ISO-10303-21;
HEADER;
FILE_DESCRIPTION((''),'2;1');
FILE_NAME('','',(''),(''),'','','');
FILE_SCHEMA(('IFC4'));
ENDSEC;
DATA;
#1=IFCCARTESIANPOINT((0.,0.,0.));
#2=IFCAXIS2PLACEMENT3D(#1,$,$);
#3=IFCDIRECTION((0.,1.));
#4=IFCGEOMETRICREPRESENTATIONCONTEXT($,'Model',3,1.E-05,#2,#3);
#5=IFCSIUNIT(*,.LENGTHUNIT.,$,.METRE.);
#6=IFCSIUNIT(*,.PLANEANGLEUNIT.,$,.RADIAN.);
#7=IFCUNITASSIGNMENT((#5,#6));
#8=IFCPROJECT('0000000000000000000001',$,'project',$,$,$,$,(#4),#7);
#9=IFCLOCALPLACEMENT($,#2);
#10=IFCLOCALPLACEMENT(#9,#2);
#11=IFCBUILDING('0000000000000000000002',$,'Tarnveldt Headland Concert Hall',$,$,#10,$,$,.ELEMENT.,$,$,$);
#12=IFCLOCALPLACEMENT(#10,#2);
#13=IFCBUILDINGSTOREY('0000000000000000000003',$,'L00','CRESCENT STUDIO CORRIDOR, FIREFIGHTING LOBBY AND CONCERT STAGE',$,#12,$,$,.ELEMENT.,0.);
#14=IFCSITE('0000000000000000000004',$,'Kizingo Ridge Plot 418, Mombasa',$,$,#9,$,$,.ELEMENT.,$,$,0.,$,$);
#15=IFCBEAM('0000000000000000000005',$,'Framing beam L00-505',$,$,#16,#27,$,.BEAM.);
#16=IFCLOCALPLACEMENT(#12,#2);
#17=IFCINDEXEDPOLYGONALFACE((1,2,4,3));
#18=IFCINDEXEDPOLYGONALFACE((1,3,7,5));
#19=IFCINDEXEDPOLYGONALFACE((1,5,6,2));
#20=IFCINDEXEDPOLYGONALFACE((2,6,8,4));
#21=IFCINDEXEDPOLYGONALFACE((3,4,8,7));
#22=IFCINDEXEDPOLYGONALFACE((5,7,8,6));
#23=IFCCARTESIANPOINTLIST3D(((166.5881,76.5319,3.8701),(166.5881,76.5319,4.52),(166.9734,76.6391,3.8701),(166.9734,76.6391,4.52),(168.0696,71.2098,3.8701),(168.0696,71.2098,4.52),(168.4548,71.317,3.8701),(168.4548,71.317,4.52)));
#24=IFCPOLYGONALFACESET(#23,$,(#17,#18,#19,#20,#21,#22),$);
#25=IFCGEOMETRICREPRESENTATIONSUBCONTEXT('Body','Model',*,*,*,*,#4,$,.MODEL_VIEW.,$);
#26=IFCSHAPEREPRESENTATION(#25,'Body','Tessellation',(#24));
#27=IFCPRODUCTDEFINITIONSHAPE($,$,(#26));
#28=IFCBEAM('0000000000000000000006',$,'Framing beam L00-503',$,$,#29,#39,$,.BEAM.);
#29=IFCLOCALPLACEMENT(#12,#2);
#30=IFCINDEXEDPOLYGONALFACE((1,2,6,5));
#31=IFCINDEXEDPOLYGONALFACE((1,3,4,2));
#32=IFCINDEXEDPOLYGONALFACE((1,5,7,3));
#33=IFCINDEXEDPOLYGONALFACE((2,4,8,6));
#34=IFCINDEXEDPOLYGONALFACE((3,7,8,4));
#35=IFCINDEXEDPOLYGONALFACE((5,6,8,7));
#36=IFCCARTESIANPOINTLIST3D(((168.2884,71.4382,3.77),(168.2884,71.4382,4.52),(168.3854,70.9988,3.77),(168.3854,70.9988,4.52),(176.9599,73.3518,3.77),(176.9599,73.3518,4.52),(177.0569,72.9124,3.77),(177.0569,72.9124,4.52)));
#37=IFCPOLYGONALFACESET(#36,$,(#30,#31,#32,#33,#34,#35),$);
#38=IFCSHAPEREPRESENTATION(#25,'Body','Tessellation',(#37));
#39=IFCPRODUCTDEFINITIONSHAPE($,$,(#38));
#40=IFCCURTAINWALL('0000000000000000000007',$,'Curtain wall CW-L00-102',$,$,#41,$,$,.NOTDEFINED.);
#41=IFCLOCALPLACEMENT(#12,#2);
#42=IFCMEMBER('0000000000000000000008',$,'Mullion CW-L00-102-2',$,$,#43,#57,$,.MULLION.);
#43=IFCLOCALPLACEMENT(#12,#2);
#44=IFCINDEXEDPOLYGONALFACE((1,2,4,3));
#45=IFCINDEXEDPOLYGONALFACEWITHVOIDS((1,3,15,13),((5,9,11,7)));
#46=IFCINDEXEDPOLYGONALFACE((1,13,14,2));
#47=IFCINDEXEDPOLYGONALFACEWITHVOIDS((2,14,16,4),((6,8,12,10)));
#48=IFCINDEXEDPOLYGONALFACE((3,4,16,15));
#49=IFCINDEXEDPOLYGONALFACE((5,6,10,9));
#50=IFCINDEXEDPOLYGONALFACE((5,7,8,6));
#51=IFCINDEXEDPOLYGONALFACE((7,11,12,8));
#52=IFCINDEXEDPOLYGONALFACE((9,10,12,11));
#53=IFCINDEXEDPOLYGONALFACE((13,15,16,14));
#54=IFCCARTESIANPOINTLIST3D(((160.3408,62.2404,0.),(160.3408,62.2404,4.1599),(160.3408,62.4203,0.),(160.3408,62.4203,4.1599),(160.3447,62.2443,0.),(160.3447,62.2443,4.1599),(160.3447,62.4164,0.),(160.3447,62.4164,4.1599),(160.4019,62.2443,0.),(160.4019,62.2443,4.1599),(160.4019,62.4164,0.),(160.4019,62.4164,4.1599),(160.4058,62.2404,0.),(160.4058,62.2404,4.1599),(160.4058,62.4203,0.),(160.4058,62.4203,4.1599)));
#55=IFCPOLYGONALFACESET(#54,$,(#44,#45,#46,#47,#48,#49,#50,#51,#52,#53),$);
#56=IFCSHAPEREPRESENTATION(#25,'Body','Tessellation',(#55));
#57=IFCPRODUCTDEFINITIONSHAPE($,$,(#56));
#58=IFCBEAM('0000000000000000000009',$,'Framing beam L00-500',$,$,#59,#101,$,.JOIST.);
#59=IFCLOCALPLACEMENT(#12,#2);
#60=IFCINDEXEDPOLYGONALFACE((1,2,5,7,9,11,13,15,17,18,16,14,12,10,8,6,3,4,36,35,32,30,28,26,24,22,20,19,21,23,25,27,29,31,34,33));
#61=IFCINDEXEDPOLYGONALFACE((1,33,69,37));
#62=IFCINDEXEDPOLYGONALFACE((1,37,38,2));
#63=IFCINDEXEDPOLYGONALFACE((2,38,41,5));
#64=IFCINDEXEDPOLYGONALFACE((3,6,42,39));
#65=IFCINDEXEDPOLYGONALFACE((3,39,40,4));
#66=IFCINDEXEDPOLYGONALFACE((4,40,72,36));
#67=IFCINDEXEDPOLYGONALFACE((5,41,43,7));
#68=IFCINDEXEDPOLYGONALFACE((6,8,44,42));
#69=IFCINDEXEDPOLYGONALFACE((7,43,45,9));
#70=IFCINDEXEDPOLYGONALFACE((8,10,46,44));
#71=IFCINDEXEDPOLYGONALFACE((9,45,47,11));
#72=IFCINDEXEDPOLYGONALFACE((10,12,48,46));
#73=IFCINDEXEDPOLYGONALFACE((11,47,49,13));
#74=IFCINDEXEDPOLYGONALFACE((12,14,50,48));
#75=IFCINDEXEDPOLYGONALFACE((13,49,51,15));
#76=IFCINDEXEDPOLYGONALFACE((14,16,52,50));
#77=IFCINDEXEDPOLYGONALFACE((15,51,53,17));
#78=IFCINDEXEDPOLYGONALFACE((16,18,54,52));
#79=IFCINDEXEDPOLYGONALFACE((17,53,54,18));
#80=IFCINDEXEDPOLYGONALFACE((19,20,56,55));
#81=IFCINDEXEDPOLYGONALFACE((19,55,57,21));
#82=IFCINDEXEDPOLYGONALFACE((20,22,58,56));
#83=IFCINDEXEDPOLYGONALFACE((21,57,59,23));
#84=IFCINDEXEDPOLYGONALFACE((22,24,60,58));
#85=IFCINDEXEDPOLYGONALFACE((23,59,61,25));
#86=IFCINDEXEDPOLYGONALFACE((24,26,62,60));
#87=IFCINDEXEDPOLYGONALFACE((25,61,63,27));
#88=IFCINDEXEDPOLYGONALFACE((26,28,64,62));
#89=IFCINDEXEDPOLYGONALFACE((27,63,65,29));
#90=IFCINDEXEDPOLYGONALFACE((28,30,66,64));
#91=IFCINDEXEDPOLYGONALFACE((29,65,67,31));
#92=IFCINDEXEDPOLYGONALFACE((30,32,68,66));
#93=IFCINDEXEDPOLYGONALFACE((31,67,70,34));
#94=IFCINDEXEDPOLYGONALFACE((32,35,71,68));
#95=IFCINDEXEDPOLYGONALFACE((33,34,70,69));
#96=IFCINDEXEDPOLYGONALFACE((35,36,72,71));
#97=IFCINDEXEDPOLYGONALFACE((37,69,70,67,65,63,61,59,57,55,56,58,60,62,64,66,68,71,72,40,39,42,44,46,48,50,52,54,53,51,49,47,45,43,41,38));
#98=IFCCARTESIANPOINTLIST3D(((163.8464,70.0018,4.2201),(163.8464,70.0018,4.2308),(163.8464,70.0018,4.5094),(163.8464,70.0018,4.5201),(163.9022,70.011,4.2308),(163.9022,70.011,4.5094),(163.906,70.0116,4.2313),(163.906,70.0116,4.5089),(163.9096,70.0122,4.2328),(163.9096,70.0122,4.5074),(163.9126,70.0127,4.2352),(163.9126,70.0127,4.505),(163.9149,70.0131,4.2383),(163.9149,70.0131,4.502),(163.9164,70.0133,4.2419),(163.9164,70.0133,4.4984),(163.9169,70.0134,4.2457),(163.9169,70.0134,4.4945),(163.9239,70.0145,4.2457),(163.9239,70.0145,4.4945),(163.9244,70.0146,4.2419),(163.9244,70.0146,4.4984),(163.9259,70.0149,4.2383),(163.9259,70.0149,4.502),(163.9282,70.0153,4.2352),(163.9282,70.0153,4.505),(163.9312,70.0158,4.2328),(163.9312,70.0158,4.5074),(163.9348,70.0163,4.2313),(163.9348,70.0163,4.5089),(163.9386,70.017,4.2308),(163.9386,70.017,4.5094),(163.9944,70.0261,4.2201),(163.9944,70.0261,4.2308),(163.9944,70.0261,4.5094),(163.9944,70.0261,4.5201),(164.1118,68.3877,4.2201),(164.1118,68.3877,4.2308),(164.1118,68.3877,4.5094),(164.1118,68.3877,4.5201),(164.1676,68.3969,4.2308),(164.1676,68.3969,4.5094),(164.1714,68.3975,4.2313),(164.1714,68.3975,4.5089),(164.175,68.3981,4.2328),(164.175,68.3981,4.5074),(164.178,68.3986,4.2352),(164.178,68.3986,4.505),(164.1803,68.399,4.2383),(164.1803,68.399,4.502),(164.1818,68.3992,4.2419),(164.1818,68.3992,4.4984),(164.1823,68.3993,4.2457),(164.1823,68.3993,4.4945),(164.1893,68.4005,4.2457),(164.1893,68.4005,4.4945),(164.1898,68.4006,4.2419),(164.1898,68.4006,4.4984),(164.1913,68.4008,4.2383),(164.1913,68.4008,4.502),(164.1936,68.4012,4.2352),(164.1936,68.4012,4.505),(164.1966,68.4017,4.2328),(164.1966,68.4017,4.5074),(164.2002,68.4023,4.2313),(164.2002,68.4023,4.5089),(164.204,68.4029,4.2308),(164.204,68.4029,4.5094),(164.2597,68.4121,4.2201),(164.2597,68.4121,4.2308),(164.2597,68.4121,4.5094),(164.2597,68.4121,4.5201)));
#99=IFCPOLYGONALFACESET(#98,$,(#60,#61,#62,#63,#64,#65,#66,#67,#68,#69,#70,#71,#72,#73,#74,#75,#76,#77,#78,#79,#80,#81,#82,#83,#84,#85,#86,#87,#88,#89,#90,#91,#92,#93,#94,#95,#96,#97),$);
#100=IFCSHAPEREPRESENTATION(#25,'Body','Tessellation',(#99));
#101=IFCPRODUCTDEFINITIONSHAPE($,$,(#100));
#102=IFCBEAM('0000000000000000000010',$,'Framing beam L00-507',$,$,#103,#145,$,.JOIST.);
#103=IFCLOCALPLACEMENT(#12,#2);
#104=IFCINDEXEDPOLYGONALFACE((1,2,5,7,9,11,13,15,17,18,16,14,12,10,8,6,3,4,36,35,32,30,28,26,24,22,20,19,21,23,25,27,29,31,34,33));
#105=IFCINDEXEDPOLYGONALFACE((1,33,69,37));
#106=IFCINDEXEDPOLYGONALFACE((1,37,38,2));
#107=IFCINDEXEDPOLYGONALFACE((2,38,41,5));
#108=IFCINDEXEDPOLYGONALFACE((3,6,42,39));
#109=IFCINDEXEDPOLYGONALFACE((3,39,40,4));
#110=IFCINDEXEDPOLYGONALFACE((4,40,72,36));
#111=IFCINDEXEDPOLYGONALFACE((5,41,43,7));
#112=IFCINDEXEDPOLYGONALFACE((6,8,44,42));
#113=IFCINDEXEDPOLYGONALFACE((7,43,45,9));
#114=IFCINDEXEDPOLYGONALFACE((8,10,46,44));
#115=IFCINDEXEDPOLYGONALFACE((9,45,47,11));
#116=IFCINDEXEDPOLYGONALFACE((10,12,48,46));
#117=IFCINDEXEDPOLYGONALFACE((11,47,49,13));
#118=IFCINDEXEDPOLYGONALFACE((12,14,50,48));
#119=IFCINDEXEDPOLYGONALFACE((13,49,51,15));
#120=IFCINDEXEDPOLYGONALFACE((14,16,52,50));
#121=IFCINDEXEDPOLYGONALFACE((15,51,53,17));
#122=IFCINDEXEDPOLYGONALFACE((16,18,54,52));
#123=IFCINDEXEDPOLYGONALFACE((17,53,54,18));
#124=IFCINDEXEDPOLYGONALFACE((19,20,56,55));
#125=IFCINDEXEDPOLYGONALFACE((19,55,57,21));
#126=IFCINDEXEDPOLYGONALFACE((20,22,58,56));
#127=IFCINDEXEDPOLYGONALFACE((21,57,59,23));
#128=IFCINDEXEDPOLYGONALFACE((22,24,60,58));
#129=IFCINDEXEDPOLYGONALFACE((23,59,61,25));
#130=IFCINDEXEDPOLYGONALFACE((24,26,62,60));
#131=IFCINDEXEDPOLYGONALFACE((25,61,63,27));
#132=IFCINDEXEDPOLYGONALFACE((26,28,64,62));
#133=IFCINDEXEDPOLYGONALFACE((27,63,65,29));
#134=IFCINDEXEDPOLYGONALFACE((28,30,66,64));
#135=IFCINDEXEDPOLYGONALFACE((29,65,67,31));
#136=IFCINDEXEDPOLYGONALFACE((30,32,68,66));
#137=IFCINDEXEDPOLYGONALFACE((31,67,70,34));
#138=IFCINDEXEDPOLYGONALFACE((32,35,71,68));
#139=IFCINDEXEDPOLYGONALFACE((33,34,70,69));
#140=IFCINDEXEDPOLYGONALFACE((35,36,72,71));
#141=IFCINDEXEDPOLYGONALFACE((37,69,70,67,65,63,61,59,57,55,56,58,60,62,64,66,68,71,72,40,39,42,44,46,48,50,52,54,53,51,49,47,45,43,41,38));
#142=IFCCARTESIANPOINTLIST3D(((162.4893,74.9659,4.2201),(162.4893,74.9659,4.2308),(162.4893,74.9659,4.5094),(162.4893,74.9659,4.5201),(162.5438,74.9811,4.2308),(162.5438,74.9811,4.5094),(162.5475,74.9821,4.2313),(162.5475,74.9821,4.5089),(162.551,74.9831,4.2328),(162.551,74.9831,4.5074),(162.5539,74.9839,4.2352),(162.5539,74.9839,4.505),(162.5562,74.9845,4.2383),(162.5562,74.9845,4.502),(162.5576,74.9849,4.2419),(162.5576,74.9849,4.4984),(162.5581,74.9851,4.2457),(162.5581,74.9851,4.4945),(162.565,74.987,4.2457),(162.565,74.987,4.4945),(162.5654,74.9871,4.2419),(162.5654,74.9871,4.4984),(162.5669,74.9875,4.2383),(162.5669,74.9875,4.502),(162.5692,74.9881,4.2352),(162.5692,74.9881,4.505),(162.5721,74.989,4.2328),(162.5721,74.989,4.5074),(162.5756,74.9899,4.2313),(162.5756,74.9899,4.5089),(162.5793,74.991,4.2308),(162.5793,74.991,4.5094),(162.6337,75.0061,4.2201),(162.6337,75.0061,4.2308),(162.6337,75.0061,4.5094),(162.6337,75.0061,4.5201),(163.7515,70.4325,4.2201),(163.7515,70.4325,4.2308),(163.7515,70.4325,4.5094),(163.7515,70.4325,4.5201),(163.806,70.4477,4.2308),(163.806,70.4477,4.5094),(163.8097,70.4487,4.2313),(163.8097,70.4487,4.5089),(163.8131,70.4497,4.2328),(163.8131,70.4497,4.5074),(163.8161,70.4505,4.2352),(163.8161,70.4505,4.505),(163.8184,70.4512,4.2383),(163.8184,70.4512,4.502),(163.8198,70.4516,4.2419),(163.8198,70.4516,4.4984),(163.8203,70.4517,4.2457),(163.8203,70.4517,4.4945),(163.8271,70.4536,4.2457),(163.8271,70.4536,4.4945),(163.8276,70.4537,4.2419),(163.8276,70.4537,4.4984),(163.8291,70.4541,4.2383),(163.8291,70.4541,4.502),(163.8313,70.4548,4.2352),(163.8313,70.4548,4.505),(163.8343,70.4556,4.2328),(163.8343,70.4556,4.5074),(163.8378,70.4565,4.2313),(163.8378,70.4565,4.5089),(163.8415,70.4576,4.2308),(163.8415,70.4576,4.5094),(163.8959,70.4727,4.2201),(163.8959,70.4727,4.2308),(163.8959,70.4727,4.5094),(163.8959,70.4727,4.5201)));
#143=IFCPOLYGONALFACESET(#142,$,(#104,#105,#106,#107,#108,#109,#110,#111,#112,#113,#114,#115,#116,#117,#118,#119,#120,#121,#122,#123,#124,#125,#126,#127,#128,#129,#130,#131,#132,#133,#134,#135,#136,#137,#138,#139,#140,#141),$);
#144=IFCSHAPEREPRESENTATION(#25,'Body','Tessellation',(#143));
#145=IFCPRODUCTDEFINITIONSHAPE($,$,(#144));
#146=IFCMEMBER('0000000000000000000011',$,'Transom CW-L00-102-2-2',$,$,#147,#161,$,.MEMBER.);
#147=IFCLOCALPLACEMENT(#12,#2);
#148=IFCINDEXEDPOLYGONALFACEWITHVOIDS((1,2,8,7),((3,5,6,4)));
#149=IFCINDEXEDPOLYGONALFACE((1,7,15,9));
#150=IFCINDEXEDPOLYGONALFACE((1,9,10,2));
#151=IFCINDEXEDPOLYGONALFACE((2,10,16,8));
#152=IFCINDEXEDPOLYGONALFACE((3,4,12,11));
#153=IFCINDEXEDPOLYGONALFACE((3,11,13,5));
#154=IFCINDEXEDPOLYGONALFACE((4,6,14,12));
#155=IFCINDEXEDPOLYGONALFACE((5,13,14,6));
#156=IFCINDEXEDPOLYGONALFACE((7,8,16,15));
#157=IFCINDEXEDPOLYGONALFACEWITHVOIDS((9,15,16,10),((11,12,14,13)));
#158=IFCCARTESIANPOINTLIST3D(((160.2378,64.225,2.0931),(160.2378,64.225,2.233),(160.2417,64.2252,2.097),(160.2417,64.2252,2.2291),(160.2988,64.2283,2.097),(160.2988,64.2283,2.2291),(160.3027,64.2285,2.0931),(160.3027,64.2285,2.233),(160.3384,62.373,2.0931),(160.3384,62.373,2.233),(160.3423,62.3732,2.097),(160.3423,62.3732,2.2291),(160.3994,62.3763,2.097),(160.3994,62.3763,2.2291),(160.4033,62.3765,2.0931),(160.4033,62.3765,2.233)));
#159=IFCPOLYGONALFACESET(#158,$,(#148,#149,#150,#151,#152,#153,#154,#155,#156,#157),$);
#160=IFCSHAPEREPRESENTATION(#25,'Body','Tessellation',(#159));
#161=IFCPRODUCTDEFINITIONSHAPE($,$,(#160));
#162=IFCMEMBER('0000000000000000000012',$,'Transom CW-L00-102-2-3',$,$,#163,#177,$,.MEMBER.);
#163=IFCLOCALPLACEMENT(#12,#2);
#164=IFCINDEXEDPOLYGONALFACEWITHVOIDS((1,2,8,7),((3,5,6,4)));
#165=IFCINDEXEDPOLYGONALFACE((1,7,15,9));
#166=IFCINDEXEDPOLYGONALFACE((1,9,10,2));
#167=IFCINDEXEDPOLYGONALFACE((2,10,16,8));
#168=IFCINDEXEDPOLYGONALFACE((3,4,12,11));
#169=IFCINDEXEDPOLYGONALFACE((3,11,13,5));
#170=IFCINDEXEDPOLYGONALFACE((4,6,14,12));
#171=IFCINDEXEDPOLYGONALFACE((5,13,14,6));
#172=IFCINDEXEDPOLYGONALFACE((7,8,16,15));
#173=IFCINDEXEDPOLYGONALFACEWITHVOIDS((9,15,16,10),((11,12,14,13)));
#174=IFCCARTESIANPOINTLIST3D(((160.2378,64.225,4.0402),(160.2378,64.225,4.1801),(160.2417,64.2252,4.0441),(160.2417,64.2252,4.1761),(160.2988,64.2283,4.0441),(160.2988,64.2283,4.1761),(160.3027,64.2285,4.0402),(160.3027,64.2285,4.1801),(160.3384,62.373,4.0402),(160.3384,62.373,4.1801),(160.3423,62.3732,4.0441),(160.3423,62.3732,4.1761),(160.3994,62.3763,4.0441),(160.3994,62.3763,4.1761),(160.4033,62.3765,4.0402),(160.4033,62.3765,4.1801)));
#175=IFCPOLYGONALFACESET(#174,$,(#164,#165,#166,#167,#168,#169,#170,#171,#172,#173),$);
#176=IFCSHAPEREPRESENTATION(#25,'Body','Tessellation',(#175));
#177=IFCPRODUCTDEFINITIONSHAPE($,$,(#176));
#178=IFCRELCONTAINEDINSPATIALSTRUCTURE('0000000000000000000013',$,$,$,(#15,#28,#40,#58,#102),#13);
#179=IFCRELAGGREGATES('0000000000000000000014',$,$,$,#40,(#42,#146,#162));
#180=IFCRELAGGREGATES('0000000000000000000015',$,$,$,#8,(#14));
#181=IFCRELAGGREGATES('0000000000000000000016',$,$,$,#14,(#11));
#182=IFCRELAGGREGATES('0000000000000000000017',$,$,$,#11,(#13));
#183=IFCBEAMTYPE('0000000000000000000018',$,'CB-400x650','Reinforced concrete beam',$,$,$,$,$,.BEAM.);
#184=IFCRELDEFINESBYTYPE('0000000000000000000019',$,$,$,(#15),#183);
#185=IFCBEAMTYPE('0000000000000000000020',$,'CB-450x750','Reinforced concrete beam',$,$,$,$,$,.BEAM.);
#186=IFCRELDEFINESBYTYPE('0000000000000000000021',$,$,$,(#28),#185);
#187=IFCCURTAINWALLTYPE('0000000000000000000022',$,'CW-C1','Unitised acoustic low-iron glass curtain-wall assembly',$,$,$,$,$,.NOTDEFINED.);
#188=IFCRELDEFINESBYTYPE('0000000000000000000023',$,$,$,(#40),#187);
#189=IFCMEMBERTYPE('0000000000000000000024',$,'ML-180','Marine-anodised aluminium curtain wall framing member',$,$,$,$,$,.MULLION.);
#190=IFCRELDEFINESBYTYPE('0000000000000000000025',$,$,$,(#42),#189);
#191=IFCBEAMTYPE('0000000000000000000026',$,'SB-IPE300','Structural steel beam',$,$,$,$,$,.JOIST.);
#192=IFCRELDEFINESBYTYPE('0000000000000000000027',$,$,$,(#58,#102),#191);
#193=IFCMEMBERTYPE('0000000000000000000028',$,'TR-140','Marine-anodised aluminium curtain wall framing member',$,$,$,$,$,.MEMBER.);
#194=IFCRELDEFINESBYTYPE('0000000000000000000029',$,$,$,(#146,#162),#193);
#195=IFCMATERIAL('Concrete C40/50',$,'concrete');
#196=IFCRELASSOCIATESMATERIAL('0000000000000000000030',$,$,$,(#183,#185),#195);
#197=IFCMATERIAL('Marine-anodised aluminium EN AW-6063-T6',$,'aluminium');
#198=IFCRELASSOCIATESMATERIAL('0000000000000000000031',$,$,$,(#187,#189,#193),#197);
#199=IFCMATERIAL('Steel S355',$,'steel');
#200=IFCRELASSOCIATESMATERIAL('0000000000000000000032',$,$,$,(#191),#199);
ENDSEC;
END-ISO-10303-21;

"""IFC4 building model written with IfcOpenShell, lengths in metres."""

from ifc_helpers import new_model, si_unit, direction, frame, origin, origin_2d, place, context, subcontext, project, spatial, rectangle, hollow_rectangle, i_section, extrude, material, material_profile, profile_set, type_object, element, aggregate, save


model = new_model("IFC4")

# Units and contexts
model_context = context("Model", 3, precision=1e-05, world=origin(), true_north=direction((0.0, 1.0)))
body_context = subcontext(model_context, "Body", "Model", "MODEL_VIEW")
ifc_project = project(units=[si_unit("LENGTHUNIT", "METRE"), si_unit("PLANEANGLEUNIT", "RADIAN")], contexts=[model_context])

# Site, building, storey
site_placement = place(None, origin())
site = spatial("IfcSite", under=ifc_project, at=site_placement, Name="Kizingo Ridge Plot 418, Mombasa", CompositionType="ELEMENT", RefElevation=0.0)
building_placement = place(site_placement, origin())
building = spatial("IfcBuilding", under=site, at=building_placement, Name="Tarnveldt Headland Concert Hall", CompositionType="ELEMENT")
storey_placement = place(building_placement, origin())
storey = spatial("IfcBuildingStorey", under=building, at=storey_placement, Name="L00", Description="CRESCENT STUDIO CORRIDOR, FIREFIGHTING LOBBY AND CONCERT STAGE", CompositionType="ELEMENT", Elevation=0.0)

# Beams
ifc_material_1 = material(Name="Concrete C40/50", Category="concrete")
ifc_material_profile_1 = material_profile(ifc_material_1, rectangle(XDim=0.3999, YDim=0.6499, at=origin_2d()), Name="RC 400x650", Category="concrete")
ifc_profile_set_1 = profile_set([ifc_material_profile_1], Name="Concrete C40/50")
beam_type_1 = type_object("IfcBeamType", Name="CB-400x650", Description="Reinforced concrete beam", PredefinedType="BEAM", material=ifc_profile_set_1)
beam_1_placement = place(storey_placement, frame((168.2622, 71.2634, 4.1951), z_axis=(-0.268166, 0.963373, 0.0), x_axis=(-0.963373, -0.268166, 0.0)))
element("IfcBeam", 1, at=beam_1_placement, inside=storey, type_object=beam_type_1, Name="Framing beam L00-505", PredefinedType="BEAM", context=body_context, shape_type="SweptSolid", body=[
    extrude(rectangle(XDim=0.3999, YDim=0.6499, at=origin_2d()), origin(), (0.0, 0.0, 1.0), 5.5244),
])
ifc_material_profile_2 = material_profile(ifc_material_1, rectangle(XDim=0.45, YDim=0.75, at=origin_2d()), Name="RC 450x750", Category="concrete")
ifc_profile_set_2 = profile_set([ifc_material_profile_2], Name="Concrete C40/50")
beam_type_2 = type_object("IfcBeamType", Name="CB-450x750", Description="Reinforced concrete beam", PredefinedType="BEAM", material=ifc_profile_set_2)
beam_2_placement = place(storey_placement, frame((168.3369, 71.2185, 4.145), z_axis=(0.976506, 0.215492, 0.0), x_axis=(-0.215492, 0.976506, 0.0)))
element("IfcBeam", 2, at=beam_2_placement, inside=storey, type_object=beam_type_2, Name="Framing beam L00-503", PredefinedType="BEAM", context=body_context, shape_type="SweptSolid", body=[
    extrude(rectangle(XDim=0.45, YDim=0.75, at=origin_2d()), origin(), (0.0, 0.0, 1.0), 8.8801),
])

# Curtain wall, member
ifc_material_2 = material(Name="Marine-anodised aluminium EN AW-6063-T6", Category="aluminium")
curtain_wall_type = type_object("IfcCurtainWallType", Name="CW-C1", Description="Unitised acoustic low-iron glass curtain-wall assembly", PredefinedType="NOTDEFINED", material=ifc_material_2)
curtain_wall_placement = place(storey_placement, origin())
curtain_wall = element("IfcCurtainWall", 3, at=curtain_wall_placement, inside=storey, type_object=curtain_wall_type, Name="Curtain wall CW-L00-102", PredefinedType="NOTDEFINED")
ifc_material_profile_3 = material_profile(ifc_material_2, hollow_rectangle(XDim=0.0649, YDim=0.1799, WallThickness=0.0039, at=origin_2d()), Name="ALU MULLION 65x180x4", Category="aluminium")
ifc_profile_set_3 = profile_set([ifc_material_profile_3], Name="Marine-anodised aluminium EN AW-6063-T6")
member_type_1 = type_object("IfcMemberType", Name="ML-180", Description="Marine-anodised aluminium curtain wall framing member", PredefinedType="MULLION", material=ifc_profile_set_3)
member_1_placement = place(storey_placement, frame((160.3733, 62.3303, 0.0), z_axis=(0.0, 0.0, 1.0), x_axis=(1.0, 0.0, 0.0)))
member_1 = element("IfcMember", 4, at=member_1_placement, type_object=member_type_1, Name="Mullion CW-L00-102-2", PredefinedType="MULLION", context=body_context, shape_type="SweptSolid", body=[
    extrude(hollow_rectangle(XDim=0.0649, YDim=0.1799, WallThickness=0.0039, at=origin_2d()), origin(), (0.0, 0.0, 1.0), 4.1599),
])

# Beams
ifc_material_3 = material(Name="Steel S355", Category="steel")
ifc_material_profile_4 = material_profile(ifc_material_3, i_section(OverallWidth=0.1499, OverallDepth=0.3, WebThickness=0.0071, FlangeThickness=0.0107, FilletRadius=0.0149, at=origin_2d()), Name="IPE300", Category="steel")
ifc_profile_set_4 = profile_set([ifc_material_profile_4], Name="Steel S355")
beam_type_3 = type_object("IfcBeamType", Name="SB-IPE300", Description="Structural steel beam", PredefinedType="JOIST", material=ifc_profile_set_4)
beam_3_placement = place(storey_placement, frame((164.1858, 68.3999, 4.3701), z_axis=(-0.162244, 0.986751, 0.0), x_axis=(-0.986751, -0.162244, 0.0)))
element("IfcBeam", 5, at=beam_3_placement, inside=storey, type_object=beam_type_3, Name="Framing beam L00-500", PredefinedType="JOIST", context=body_context, shape_type="SweptSolid", body=[
    extrude(i_section(OverallWidth=0.1499, OverallDepth=0.3, WebThickness=0.0071, FlangeThickness=0.0107, FilletRadius=0.0149, at=origin_2d()), origin(), (0.0, 0.0, 1.0), 1.6357),
])
beam_4_placement = place(storey_placement, frame((163.8237, 70.4526, 4.3701), z_axis=(-0.268219, 0.963358, 0.0), x_axis=(-0.963358, -0.268219, 0.0)))
element("IfcBeam", 6, at=beam_4_placement, inside=storey, type_object=beam_type_3, Name="Framing beam L00-507", PredefinedType="JOIST", context=body_context, shape_type="SweptSolid", body=[
    extrude(i_section(OverallWidth=0.1499, OverallDepth=0.3, WebThickness=0.0071, FlangeThickness=0.0107, FilletRadius=0.0149, at=origin_2d()), origin(), (0.0, 0.0, 1.0), 4.7058),
])

# Members
ifc_material_profile_5 = material_profile(ifc_material_2, hollow_rectangle(XDim=0.0649, YDim=0.1399, WallThickness=0.0039, at=origin_2d()), Name="ALU TRANSOM 65x140x4", Category="aluminium")
ifc_profile_set_5 = profile_set([ifc_material_profile_5], Name="Marine-anodised aluminium EN AW-6063-T6")
member_type_2 = type_object("IfcMemberType", Name="TR-140", Description="Marine-anodised aluminium curtain wall framing member", PredefinedType="MEMBER", material=ifc_profile_set_5)
member_2_placement = place(storey_placement, frame((160.3708, 62.3748, 2.1631), z_axis=(-0.054231, 0.998528, 0.0), x_axis=(-0.998528, -0.054231, 0.0)))
member_2 = element("IfcMember", 7, at=member_2_placement, type_object=member_type_2, Name="Transom CW-L00-102-2-2", PredefinedType="MEMBER", context=body_context, shape_type="SweptSolid", body=[
    extrude(hollow_rectangle(XDim=0.0649, YDim=0.1399, WallThickness=0.0039, at=origin_2d()), origin(), (0.0, 0.0, 1.0), 1.8547),
])
member_3_placement = place(storey_placement, frame((160.3708, 62.3748, 4.1101), z_axis=(-0.054231, 0.998528, 0.0), x_axis=(-0.998528, -0.054231, 0.0)))
member_3 = element("IfcMember", 8, at=member_3_placement, type_object=member_type_2, Name="Transom CW-L00-102-2-3", PredefinedType="MEMBER", context=body_context, shape_type="SweptSolid", body=[
    extrude(hollow_rectangle(XDim=0.0649, YDim=0.1399, WallThickness=0.0039, at=origin_2d()), origin(), (0.0, 0.0, 1.0), 1.8547),
])
aggregate(curtain_wall, [member_1, member_2, member_3])

save(model, "model.ifc")
